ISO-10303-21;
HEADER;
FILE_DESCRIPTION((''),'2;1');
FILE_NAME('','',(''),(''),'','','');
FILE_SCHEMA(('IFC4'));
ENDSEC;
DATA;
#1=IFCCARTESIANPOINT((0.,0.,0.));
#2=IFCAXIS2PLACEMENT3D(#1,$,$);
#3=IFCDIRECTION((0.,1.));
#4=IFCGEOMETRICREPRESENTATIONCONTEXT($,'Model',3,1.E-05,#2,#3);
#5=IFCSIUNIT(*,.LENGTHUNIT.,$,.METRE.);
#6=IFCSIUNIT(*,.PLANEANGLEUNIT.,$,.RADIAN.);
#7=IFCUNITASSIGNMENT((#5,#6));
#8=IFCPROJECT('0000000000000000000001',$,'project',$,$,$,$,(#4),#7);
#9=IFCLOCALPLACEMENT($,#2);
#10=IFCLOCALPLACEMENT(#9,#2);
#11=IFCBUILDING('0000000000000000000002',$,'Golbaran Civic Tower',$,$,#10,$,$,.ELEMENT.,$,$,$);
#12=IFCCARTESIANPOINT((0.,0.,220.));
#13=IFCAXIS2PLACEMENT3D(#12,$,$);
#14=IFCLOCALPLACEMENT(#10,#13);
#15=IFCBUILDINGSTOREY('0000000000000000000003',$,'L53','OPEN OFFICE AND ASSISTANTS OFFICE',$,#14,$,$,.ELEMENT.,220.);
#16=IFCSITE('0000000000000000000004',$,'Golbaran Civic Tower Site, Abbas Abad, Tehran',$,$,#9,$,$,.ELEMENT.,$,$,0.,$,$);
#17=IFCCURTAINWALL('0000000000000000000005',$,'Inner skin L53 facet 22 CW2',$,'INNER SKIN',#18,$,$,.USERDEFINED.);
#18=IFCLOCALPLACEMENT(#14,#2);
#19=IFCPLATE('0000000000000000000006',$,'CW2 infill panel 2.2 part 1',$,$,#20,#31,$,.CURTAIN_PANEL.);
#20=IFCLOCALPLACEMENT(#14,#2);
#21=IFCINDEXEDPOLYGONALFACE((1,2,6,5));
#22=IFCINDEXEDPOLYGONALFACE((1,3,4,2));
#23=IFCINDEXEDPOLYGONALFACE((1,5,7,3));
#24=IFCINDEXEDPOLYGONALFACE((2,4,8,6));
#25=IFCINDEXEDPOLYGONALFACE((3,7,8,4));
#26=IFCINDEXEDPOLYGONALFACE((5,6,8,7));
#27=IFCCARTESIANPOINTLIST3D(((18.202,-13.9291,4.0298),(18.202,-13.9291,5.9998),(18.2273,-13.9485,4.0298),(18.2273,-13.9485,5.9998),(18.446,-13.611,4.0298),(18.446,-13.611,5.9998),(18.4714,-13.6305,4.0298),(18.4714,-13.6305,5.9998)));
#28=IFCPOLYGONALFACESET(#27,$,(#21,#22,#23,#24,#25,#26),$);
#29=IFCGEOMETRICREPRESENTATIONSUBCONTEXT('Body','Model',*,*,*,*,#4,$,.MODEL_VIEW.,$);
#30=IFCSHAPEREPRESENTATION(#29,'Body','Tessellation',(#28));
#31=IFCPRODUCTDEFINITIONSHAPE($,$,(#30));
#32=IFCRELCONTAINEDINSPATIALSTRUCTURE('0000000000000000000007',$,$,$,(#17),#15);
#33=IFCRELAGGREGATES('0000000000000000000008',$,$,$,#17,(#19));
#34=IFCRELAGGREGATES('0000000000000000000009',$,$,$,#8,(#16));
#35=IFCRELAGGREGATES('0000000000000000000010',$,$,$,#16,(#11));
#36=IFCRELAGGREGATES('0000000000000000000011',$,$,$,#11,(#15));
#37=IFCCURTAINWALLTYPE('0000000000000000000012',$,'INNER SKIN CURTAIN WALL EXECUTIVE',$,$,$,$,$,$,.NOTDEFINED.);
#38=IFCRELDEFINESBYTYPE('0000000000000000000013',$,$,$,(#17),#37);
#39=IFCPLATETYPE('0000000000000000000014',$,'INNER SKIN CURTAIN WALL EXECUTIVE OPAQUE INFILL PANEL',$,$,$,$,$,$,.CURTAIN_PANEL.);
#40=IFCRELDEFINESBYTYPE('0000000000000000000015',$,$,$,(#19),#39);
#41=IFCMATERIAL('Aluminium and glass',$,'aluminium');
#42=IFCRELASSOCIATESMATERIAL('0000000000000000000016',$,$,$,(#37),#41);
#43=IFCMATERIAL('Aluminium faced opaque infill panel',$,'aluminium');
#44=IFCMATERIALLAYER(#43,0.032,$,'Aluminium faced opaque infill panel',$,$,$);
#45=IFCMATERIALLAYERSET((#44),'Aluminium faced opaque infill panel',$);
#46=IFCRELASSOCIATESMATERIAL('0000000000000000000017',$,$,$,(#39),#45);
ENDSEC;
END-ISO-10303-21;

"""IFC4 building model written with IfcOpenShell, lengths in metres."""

from ifc_helpers import new_model, si_unit, direction, frame, origin, origin_2d, place, context, subcontext, project, spatial, rectangle, extrude, material, layer, layer_set, type_object, element, aggregate, save


model = new_model("IFC4")

# Units and contexts
model_context = context("Model", 3, precision=1e-05, world=origin(), true_north=direction((0.0, 1.0)))
body_context = subcontext(model_context, "Body", "Model", "MODEL_VIEW")
ifc_project = project(units=[si_unit("LENGTHUNIT", "METRE"), si_unit("PLANEANGLEUNIT", "RADIAN")], contexts=[model_context])

# Site, building, storey
site_placement = place(None, origin())
site = spatial("IfcSite", under=ifc_project, at=site_placement, Name="Golbaran Civic Tower Site, Abbas Abad, Tehran", CompositionType="ELEMENT", RefElevation=0.0)
building_placement = place(site_placement, origin())
building = spatial("IfcBuilding", under=site, at=building_placement, Name="Golbaran Civic Tower", CompositionType="ELEMENT")
storey_placement = place(building_placement, frame((0.0, 0.0, 220.0)))
storey = spatial("IfcBuildingStorey", under=building, at=storey_placement, Name="L53", Description="OPEN OFFICE AND ASSISTANTS OFFICE", CompositionType="ELEMENT", Elevation=220.0)

# Curtain wall
ifc_material_1 = material(Name="Aluminium and glass", Category="aluminium")
curtain_wall_type = type_object("IfcCurtainWallType", Name="INNER SKIN CURTAIN WALL EXECUTIVE", PredefinedType="NOTDEFINED", material=ifc_material_1)
curtain_wall_1_placement = place(storey_placement, origin())
curtain_wall_1 = element("IfcCurtainWall", 1, at=curtain_wall_1_placement, inside=storey, type_object=curtain_wall_type, Name="Inner skin L53 facet 22 CW2", ObjectType="INNER SKIN", PredefinedType="USERDEFINED")

# Plate
ifc_material_2 = material(Name="Aluminium faced opaque infill panel", Category="aluminium")
ifc_layer_1 = layer(ifc_material_2, 0.032, Name="Aluminium faced opaque infill panel")
ifc_layer_set_1 = layer_set([ifc_layer_1], Name="Aluminium faced opaque infill panel")
plate_type_1 = type_object("IfcPlateType", Name="INNER SKIN CURTAIN WALL EXECUTIVE OPAQUE INFILL PANEL", PredefinedType="CURTAIN_PANEL", material=ifc_layer_set_1)
plate_1_placement = place(storey_placement, frame((18.3367, -13.7798, 4.0298), z_axis=(0.0, 0.0, 1.0), x_axis=(0.608761, 0.793353, 0.0)))
plate_1 = element("IfcPlate", 2, at=plate_1_placement, type_object=plate_type_1, Name="CW2 infill panel 2.2 part 1", PredefinedType="CURTAIN_PANEL", context=body_context, shape_type="SweptSolid", body=[
    extrude(rectangle(XDim=0.4009, YDim=0.032, at=origin_2d()), origin(), (0.0, 0.0, 1.0), 1.97),
])
aggregate(curtain_wall_1, [plate_1])

save(model, "model.ifc")
